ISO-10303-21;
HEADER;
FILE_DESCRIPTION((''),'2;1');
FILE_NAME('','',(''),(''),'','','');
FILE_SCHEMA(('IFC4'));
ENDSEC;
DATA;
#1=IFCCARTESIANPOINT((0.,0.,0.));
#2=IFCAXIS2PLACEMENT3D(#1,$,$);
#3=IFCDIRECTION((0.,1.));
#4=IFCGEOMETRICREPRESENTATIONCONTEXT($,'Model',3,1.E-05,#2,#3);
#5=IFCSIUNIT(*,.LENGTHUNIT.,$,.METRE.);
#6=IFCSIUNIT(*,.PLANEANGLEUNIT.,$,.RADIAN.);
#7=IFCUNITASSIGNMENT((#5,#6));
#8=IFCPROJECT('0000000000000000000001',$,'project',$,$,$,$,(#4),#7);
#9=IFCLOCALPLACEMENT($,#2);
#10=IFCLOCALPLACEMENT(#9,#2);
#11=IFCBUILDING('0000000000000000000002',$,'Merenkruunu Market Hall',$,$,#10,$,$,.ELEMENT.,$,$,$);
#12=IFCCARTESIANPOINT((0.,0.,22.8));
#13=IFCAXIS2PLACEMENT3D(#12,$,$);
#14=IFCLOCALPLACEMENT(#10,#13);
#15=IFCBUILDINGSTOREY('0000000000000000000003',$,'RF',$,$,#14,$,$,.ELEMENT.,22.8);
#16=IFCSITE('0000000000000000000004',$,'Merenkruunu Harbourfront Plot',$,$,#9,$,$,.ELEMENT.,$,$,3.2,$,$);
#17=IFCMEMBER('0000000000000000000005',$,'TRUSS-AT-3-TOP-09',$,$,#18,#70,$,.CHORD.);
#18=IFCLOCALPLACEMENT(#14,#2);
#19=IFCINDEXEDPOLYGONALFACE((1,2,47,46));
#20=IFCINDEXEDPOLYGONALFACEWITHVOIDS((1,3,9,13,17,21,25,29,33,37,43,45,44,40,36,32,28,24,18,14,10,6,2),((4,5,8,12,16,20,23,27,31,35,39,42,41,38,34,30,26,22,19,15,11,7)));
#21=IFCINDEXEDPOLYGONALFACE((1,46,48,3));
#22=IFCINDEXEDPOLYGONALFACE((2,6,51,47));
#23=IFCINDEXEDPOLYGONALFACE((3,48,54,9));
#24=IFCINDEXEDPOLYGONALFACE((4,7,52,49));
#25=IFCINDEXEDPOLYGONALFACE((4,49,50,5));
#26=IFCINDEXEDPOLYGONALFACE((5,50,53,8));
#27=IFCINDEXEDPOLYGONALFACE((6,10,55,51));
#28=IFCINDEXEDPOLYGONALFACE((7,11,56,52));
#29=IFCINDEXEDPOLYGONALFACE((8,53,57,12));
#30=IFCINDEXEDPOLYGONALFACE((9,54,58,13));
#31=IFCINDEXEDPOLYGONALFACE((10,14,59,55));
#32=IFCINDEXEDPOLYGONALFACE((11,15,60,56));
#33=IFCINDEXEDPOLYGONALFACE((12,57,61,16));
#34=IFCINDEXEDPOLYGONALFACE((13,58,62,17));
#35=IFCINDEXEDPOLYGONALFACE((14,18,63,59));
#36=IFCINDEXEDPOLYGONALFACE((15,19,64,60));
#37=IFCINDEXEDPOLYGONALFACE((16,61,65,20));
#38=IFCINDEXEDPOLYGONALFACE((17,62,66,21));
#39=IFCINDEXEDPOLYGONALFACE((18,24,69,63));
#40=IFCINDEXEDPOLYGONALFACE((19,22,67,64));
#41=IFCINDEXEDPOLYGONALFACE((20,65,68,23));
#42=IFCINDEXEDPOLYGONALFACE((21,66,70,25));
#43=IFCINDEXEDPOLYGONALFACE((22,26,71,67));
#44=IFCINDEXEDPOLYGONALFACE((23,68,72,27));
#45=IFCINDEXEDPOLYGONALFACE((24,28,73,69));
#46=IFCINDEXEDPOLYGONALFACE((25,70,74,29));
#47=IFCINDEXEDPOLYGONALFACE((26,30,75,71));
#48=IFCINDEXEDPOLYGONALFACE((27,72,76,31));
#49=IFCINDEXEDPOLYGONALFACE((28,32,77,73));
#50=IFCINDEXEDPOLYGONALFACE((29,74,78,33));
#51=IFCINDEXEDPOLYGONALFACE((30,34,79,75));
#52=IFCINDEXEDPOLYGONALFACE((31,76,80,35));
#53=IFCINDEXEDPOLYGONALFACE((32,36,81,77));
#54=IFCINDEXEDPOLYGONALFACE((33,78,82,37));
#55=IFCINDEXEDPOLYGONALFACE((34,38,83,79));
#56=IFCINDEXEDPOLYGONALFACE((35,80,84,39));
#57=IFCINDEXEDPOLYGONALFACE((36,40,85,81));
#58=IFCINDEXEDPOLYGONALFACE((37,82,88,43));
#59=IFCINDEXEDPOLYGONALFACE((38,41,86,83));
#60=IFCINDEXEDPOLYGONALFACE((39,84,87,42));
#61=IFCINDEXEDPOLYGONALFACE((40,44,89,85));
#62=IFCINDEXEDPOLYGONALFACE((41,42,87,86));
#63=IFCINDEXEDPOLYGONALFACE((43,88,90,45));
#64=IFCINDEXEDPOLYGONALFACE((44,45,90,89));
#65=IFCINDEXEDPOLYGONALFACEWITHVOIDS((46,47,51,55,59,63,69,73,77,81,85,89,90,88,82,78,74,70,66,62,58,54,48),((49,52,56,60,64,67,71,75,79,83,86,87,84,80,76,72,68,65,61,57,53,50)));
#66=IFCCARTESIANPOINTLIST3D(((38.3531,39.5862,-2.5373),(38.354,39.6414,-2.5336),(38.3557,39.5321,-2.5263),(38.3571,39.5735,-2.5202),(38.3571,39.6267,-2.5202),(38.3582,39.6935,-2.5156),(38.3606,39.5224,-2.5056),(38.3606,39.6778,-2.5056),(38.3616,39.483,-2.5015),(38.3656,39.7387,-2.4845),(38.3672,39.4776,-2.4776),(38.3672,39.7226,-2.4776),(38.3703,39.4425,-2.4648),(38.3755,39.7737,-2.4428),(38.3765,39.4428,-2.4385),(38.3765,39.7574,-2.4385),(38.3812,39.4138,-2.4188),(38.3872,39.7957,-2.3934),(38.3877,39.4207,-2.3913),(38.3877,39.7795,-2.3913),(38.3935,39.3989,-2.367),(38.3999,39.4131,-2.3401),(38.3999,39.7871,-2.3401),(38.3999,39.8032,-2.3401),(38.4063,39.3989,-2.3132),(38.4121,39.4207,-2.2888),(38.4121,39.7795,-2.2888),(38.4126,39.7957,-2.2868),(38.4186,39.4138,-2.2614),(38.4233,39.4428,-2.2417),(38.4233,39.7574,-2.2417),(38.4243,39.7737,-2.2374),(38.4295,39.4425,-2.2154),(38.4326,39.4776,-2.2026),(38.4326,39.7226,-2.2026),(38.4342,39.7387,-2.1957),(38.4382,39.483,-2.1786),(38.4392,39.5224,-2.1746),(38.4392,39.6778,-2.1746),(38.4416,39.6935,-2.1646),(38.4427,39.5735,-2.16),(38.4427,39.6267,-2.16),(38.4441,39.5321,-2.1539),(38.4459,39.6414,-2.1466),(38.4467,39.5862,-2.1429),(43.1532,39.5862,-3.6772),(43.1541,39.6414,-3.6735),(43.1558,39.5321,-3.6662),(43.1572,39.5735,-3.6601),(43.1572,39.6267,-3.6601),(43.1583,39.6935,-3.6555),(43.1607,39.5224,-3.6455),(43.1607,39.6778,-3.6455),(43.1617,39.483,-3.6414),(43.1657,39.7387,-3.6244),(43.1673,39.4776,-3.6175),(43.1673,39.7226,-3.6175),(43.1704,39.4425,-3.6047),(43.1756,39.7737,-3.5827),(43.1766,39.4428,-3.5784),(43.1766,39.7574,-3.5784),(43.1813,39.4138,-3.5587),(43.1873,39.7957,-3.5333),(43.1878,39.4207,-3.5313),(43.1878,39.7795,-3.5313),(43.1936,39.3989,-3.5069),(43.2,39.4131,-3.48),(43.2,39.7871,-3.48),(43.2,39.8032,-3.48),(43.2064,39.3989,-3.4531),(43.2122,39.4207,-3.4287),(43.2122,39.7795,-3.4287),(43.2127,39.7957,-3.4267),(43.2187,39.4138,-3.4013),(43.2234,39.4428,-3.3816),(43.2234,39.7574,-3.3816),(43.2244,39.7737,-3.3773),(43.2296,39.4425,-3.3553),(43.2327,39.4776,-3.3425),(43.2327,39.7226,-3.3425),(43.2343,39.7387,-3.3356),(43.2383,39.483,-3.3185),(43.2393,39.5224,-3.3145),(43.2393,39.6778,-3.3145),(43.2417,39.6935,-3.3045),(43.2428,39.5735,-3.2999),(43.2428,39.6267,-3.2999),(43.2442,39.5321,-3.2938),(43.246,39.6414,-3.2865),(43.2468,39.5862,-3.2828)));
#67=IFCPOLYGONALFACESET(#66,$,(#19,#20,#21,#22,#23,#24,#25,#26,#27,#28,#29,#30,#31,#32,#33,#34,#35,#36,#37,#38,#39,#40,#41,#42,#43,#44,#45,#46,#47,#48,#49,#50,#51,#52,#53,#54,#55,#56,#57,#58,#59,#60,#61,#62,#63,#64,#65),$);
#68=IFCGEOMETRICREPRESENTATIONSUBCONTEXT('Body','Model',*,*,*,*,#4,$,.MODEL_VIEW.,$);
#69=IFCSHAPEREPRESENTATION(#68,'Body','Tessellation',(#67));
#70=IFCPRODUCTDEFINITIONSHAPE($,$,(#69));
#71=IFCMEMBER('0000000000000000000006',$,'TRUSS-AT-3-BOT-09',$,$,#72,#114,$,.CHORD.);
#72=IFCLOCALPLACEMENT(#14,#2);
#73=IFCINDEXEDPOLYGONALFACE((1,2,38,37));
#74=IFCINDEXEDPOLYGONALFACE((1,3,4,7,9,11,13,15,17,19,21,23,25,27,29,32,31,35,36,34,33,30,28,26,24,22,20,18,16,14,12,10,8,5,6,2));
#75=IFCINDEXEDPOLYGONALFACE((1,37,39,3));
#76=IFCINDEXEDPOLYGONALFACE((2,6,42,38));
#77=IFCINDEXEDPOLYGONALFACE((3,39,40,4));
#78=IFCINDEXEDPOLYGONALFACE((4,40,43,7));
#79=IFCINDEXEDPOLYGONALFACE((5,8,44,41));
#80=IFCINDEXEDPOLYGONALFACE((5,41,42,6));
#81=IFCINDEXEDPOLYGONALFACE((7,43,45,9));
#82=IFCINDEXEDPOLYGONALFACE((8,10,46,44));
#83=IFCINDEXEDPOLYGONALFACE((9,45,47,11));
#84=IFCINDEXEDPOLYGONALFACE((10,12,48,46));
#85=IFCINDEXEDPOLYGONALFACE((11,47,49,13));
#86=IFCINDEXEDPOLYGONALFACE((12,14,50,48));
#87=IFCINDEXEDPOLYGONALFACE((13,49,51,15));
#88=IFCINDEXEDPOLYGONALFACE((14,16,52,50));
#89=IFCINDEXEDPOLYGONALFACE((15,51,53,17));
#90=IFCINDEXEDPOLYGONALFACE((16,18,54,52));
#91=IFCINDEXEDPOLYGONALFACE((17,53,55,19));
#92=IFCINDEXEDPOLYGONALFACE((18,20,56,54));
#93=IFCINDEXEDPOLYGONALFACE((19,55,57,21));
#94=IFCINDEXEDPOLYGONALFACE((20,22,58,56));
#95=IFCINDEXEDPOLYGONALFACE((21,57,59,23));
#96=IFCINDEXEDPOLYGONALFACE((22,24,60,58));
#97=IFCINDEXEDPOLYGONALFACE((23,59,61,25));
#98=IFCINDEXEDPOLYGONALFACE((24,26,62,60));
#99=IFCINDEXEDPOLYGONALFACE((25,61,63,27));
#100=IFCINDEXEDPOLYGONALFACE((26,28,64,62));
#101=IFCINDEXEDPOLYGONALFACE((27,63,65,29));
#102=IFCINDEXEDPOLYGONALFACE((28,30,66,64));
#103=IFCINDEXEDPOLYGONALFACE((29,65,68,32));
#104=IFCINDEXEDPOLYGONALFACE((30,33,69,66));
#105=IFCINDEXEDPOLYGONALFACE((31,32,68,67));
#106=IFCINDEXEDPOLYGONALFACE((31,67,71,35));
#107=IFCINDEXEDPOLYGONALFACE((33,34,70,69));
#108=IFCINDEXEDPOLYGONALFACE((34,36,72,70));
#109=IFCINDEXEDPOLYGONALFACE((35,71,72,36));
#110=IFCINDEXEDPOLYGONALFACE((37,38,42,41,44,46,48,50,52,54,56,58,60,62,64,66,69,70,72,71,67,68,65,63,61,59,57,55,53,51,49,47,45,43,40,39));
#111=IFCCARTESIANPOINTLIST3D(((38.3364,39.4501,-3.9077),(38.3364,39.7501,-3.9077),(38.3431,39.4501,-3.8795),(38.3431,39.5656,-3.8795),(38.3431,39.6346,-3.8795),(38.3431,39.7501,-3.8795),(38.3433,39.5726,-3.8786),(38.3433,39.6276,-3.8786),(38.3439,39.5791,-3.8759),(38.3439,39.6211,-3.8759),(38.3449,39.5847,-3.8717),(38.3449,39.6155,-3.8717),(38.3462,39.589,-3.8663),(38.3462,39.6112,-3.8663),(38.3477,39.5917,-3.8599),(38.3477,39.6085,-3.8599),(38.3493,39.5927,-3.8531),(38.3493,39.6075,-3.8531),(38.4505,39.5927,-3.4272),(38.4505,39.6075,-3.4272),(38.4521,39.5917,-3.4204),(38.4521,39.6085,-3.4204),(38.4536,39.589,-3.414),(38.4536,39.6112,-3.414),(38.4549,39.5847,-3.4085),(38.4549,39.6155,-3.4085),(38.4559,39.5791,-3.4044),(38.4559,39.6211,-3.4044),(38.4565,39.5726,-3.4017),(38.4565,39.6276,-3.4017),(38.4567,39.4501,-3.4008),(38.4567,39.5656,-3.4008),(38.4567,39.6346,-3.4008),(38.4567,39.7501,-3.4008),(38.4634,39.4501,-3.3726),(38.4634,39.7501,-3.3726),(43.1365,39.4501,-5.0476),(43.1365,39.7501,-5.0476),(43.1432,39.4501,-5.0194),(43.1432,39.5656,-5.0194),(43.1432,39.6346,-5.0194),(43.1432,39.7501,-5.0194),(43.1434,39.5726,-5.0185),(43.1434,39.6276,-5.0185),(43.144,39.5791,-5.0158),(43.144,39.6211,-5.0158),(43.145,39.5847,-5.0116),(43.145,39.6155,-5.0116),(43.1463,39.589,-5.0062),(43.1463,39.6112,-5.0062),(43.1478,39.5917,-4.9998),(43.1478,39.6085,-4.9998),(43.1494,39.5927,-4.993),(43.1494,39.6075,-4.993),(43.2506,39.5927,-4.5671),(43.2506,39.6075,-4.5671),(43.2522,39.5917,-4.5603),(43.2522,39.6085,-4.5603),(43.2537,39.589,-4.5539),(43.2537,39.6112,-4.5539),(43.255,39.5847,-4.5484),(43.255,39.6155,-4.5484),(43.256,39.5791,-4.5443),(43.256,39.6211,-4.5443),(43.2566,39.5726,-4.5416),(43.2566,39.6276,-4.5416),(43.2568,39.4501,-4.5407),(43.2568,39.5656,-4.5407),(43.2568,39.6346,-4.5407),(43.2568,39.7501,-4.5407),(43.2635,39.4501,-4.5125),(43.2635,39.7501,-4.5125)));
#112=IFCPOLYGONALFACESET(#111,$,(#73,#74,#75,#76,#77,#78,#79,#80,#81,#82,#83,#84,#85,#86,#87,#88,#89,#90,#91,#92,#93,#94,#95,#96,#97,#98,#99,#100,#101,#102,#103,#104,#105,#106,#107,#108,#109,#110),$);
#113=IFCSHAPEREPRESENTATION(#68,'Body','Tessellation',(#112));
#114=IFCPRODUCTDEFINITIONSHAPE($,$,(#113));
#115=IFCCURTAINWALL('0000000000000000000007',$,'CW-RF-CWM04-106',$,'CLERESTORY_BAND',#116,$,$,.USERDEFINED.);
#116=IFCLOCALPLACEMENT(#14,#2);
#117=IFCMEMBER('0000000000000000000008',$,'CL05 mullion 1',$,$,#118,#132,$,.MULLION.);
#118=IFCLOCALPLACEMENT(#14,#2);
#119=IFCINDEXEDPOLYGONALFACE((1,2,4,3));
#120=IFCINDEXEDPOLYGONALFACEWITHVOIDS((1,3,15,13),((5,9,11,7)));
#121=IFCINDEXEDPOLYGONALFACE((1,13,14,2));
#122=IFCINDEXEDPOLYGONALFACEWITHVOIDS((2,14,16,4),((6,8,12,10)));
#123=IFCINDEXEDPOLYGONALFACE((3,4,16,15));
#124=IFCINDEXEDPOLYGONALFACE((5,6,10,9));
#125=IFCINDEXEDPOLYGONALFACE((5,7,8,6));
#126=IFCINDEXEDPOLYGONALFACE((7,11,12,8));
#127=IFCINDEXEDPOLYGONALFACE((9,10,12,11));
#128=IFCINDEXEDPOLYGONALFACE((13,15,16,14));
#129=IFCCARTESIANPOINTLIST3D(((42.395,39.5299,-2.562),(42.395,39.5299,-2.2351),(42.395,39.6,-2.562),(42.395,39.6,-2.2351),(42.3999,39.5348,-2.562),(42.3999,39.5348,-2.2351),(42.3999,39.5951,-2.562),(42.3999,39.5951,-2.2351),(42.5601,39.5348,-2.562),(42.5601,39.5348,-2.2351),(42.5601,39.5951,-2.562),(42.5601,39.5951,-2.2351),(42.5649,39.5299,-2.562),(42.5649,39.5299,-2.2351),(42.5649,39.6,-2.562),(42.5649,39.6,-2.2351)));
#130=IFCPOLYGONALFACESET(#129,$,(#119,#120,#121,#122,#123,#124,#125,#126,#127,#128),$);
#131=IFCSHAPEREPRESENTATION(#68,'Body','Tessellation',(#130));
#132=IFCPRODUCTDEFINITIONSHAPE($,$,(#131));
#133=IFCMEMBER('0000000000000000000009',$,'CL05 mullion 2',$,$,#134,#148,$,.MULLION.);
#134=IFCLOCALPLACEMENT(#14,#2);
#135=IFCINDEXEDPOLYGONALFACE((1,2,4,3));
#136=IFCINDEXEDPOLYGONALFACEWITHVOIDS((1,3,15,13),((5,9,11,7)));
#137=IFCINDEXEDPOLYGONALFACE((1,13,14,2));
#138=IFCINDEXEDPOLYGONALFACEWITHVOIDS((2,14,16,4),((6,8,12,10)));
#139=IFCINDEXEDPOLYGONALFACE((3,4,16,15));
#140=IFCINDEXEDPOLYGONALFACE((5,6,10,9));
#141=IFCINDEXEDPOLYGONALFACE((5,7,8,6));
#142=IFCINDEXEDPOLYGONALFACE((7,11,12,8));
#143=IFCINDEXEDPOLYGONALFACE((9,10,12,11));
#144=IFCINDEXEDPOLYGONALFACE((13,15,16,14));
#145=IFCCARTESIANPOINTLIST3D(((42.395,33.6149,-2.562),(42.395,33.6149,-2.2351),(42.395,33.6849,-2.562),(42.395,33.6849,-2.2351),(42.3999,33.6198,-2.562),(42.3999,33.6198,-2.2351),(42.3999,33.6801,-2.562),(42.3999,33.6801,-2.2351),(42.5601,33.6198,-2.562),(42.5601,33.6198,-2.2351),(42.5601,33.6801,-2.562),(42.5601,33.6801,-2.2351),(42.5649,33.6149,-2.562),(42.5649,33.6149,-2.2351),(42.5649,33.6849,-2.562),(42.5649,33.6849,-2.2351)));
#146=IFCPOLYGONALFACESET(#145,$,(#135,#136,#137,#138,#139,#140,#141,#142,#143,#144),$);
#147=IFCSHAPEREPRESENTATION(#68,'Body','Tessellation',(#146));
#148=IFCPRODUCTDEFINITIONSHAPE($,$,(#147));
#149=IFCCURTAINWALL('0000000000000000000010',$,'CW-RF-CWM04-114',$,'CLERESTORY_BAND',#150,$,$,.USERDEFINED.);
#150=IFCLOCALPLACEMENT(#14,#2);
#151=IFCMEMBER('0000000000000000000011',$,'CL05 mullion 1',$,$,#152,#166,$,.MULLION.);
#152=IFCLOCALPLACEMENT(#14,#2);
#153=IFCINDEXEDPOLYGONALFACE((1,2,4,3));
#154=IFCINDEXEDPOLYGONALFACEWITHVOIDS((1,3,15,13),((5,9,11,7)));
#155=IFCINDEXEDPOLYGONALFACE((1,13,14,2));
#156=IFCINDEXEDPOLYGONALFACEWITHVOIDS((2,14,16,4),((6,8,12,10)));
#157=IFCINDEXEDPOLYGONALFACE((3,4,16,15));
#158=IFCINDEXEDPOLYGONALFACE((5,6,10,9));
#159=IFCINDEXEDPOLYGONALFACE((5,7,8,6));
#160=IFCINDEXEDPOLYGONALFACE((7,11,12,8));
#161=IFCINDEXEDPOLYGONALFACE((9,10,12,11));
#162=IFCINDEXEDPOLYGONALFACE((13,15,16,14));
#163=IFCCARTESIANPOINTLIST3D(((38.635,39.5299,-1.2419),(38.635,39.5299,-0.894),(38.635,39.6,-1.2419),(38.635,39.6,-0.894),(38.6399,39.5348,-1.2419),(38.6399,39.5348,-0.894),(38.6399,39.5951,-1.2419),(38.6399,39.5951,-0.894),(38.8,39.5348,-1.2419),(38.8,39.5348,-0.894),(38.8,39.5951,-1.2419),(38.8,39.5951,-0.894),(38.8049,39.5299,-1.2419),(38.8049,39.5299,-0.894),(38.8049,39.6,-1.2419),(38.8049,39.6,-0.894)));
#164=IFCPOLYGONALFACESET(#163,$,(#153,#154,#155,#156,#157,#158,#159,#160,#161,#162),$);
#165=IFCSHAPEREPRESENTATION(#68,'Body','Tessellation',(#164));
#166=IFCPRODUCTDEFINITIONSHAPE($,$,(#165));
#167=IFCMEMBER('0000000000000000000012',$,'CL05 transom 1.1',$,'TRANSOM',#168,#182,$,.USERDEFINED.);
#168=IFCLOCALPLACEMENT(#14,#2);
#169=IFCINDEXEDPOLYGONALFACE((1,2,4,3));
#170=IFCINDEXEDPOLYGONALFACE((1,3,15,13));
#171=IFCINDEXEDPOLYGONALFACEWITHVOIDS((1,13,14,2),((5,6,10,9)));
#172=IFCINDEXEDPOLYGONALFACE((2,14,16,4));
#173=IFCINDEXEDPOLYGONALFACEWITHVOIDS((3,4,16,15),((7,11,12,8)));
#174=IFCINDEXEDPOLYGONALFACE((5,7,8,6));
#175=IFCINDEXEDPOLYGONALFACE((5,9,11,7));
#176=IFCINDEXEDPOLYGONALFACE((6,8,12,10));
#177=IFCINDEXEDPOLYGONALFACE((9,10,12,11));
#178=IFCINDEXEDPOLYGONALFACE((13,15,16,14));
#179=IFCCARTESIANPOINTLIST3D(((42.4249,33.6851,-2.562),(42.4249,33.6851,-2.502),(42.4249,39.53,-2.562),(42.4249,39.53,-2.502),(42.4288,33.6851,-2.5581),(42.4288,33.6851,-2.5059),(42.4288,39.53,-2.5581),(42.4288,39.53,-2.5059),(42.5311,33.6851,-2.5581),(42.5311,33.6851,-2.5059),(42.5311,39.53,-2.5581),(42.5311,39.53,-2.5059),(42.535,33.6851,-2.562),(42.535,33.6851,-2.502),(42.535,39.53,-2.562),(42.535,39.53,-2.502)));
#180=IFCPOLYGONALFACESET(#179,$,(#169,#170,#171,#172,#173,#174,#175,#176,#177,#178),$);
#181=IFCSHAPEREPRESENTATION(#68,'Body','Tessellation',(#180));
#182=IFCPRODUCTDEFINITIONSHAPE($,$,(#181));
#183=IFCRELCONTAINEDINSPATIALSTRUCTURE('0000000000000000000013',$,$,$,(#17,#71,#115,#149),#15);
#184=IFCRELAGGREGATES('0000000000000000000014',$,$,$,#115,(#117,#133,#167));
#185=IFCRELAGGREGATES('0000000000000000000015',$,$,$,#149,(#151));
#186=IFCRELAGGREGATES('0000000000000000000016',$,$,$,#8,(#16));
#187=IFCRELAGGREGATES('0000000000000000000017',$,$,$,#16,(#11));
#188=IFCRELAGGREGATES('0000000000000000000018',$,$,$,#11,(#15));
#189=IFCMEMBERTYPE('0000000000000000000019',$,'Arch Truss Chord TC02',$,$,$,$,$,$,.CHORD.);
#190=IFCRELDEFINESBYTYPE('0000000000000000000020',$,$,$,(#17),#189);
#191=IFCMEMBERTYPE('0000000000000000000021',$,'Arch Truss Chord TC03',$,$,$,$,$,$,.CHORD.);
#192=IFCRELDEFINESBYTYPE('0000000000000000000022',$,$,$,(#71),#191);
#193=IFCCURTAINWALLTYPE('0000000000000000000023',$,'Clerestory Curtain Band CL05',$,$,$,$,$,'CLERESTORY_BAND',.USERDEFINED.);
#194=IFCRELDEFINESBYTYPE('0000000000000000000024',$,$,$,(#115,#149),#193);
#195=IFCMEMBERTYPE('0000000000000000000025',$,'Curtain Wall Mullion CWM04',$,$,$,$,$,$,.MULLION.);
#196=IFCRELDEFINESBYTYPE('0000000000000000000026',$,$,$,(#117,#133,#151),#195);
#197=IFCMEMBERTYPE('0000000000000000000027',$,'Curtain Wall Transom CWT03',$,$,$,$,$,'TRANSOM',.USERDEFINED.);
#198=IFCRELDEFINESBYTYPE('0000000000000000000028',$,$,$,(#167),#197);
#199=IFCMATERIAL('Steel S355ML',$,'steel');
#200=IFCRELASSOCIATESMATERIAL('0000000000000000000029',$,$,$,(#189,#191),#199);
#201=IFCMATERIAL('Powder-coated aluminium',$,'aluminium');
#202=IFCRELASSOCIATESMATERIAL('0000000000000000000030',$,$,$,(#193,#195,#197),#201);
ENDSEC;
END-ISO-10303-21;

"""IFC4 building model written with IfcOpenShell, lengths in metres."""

from ifc_helpers import new_model, si_unit, direction, frame, origin, origin_2d, place, context, subcontext, project, spatial, hollow_rectangle, hollow_circle, i_section, extrude, material, material_profile, profile_set, type_object, element, aggregate, save


model = new_model("IFC4")

# Units and contexts
model_context = context("Model", 3, precision=1e-05, world=origin(), true_north=direction((0.0, 1.0)))
body_context = subcontext(model_context, "Body", "Model", "MODEL_VIEW")
ifc_project = project(units=[si_unit("LENGTHUNIT", "METRE"), si_unit("PLANEANGLEUNIT", "RADIAN")], contexts=[model_context])

# Site, building, storey
site_placement = place(None, origin())
site = spatial("IfcSite", under=ifc_project, at=site_placement, Name="Merenkruunu Harbourfront Plot", CompositionType="ELEMENT", RefElevation=3.2)
building_placement = place(site_placement, origin())
building = spatial("IfcBuilding", under=site, at=building_placement, Name="Merenkruunu Market Hall", CompositionType="ELEMENT")
storey_placement = place(building_placement, frame((0.0, 0.0, 22.8)))
storey = spatial("IfcBuildingStorey", under=building, at=storey_placement, Name="RF", CompositionType="ELEMENT", Elevation=22.8)

# Members
ifc_material_1 = material(Name="Steel S355ML", Category="steel")
ifc_material_profile_1 = material_profile(ifc_material_1, hollow_circle(Radius=0.2031, WallThickness=0.0161, at=origin_2d()), Name="CHS 406.4x16")
ifc_profile_set_1 = profile_set([ifc_material_profile_1], Name="Steel S355ML")
member_type_1 = type_object("IfcMemberType", Name="Arch Truss Chord TC02", PredefinedType="CHORD", material=ifc_profile_set_1)
member_1_placement = place(storey_placement, frame((38.3999, 39.6001, -2.3401), z_axis=(0.972942, 0.0, -0.23105), x_axis=(0.0, 1.0, 0.0)))
element("IfcMember", 1, at=member_1_placement, inside=storey, type_object=member_type_1, Name="TRUSS-AT-3-TOP-09", PredefinedType="CHORD", context=body_context, shape_type="SweptSolid", body=[
    extrude(hollow_circle(Radius=0.2031, WallThickness=0.0161, at=origin_2d()), origin(), (0.0, 0.0, 1.0), 4.9336),
])
ifc_material_profile_2 = material_profile(ifc_material_1, i_section(OverallWidth=0.3, OverallDepth=0.55, WebThickness=0.0149, FlangeThickness=0.0291, FilletRadius=0.0271, at=origin_2d()), Name="HEB 550")
ifc_profile_set_2 = profile_set([ifc_material_profile_2], Name="Steel S355ML")
member_type_2 = type_object("IfcMemberType", Name="Arch Truss Chord TC03", PredefinedType="CHORD", material=ifc_profile_set_2)
member_2_placement = place(storey_placement, frame((38.3999, 39.6001, -3.6401), z_axis=(0.972942, 0.0, -0.23105), x_axis=(0.0, 1.0, 0.0)))
element("IfcMember", 2, at=member_2_placement, inside=storey, type_object=member_type_2, Name="TRUSS-AT-3-BOT-09", PredefinedType="CHORD", context=body_context, shape_type="SweptSolid", body=[
    extrude(i_section(OverallWidth=0.3, OverallDepth=0.55, WebThickness=0.0149, FlangeThickness=0.0291, FilletRadius=0.0271, at=origin_2d()), origin(), (0.0, 0.0, 1.0), 4.9336),
])

# Curtain wall, members
ifc_material_2 = material(Name="Powder-coated aluminium", Category="aluminium")
curtain_wall_type = type_object("IfcCurtainWallType", Name="Clerestory Curtain Band CL05", ElementType="CLERESTORY_BAND", PredefinedType="USERDEFINED", material=ifc_material_2)
curtain_wall_1_placement = place(storey_placement, origin())
curtain_wall_1 = element("IfcCurtainWall", 3, at=curtain_wall_1_placement, inside=storey, type_object=curtain_wall_type, Name="CW-RF-CWM04-106", ObjectType="CLERESTORY_BAND", PredefinedType="USERDEFINED")
ifc_material_profile_3 = material_profile(ifc_material_2, hollow_rectangle(XDim=0.0701, YDim=0.1699, WallThickness=0.0049, at=origin_2d()), Name="ALU 70x170x5")
ifc_profile_set_3 = profile_set([ifc_material_profile_3], Name="Powder-coated aluminium")
member_type_3 = type_object("IfcMemberType", Name="Curtain Wall Mullion CWM04", PredefinedType="MULLION", material=ifc_profile_set_3)
member_3_placement = place(storey_placement, frame((42.48, 39.5649, -2.562), z_axis=(0.0, 0.0, 1.0), x_axis=(0.0, -1.0, 0.0)))
member_3 = element("IfcMember", 4, at=member_3_placement, type_object=member_type_3, Name="CL05 mullion 1", PredefinedType="MULLION", context=body_context, shape_type="SweptSolid", body=[
    extrude(hollow_rectangle(XDim=0.0701, YDim=0.1699, WallThickness=0.0049, at=origin_2d()), origin(), (0.0, 0.0, 1.0), 0.3269),
])
member_4_placement = place(storey_placement, frame((42.48, 33.6499, -2.562), z_axis=(0.0, 0.0, 1.0), x_axis=(0.0, -1.0, 0.0)))
member_4 = element("IfcMember", 5, at=member_4_placement, type_object=member_type_3, Name="CL05 mullion 2", PredefinedType="MULLION", context=body_context, shape_type="SweptSolid", body=[
    extrude(hollow_rectangle(XDim=0.0701, YDim=0.1699, WallThickness=0.0049, at=origin_2d()), origin(), (0.0, 0.0, 1.0), 0.3269),
])

# Curtain wall, member
curtain_wall_2_placement = place(storey_placement, origin())
curtain_wall_2 = element("IfcCurtainWall", 6, at=curtain_wall_2_placement, inside=storey, type_object=curtain_wall_type, Name="CW-RF-CWM04-114", ObjectType="CLERESTORY_BAND", PredefinedType="USERDEFINED")
member_5_placement = place(storey_placement, frame((38.72, 39.5649, -1.2419), z_axis=(0.0, 0.0, 1.0), x_axis=(0.0, -1.0, 0.0)))
member_5 = element("IfcMember", 7, at=member_5_placement, type_object=member_type_3, Name="CL05 mullion 1", PredefinedType="MULLION", context=body_context, shape_type="SweptSolid", body=[
    extrude(hollow_rectangle(XDim=0.0701, YDim=0.1699, WallThickness=0.0049, at=origin_2d()), origin(), (0.0, 0.0, 1.0), 0.3479),
])

# Member
ifc_material_profile_4 = material_profile(ifc_material_2, hollow_rectangle(XDim=0.0601, YDim=0.1101, WallThickness=0.0039, at=origin_2d()), Name="ALU 60x110x4")
ifc_profile_set_4 = profile_set([ifc_material_profile_4], Name="Powder-coated aluminium")
member_type_4 = type_object("IfcMemberType", Name="Curtain Wall Transom CWT03", ElementType="TRANSOM", PredefinedType="USERDEFINED", material=ifc_profile_set_4)
member_6_placement = place(storey_placement, frame((42.48, 39.53, -2.532), z_axis=(0.0, -1.0, 0.0), x_axis=(0.0, 0.0, 1.0)))
member_6 = element("IfcMember", 8, at=member_6_placement, type_object=member_type_4, Name="CL05 transom 1.1", ObjectType="TRANSOM", PredefinedType="USERDEFINED", context=body_context, shape_type="SweptSolid", body=[
    extrude(hollow_rectangle(XDim=0.0601, YDim=0.1101, WallThickness=0.0039, at=origin_2d()), origin(), (0.0, 0.0, 1.0), 5.845),
])

aggregate(curtain_wall_1, [member_3, member_4, member_6])
aggregate(curtain_wall_2, [member_5])

save(model, "model.ifc")
